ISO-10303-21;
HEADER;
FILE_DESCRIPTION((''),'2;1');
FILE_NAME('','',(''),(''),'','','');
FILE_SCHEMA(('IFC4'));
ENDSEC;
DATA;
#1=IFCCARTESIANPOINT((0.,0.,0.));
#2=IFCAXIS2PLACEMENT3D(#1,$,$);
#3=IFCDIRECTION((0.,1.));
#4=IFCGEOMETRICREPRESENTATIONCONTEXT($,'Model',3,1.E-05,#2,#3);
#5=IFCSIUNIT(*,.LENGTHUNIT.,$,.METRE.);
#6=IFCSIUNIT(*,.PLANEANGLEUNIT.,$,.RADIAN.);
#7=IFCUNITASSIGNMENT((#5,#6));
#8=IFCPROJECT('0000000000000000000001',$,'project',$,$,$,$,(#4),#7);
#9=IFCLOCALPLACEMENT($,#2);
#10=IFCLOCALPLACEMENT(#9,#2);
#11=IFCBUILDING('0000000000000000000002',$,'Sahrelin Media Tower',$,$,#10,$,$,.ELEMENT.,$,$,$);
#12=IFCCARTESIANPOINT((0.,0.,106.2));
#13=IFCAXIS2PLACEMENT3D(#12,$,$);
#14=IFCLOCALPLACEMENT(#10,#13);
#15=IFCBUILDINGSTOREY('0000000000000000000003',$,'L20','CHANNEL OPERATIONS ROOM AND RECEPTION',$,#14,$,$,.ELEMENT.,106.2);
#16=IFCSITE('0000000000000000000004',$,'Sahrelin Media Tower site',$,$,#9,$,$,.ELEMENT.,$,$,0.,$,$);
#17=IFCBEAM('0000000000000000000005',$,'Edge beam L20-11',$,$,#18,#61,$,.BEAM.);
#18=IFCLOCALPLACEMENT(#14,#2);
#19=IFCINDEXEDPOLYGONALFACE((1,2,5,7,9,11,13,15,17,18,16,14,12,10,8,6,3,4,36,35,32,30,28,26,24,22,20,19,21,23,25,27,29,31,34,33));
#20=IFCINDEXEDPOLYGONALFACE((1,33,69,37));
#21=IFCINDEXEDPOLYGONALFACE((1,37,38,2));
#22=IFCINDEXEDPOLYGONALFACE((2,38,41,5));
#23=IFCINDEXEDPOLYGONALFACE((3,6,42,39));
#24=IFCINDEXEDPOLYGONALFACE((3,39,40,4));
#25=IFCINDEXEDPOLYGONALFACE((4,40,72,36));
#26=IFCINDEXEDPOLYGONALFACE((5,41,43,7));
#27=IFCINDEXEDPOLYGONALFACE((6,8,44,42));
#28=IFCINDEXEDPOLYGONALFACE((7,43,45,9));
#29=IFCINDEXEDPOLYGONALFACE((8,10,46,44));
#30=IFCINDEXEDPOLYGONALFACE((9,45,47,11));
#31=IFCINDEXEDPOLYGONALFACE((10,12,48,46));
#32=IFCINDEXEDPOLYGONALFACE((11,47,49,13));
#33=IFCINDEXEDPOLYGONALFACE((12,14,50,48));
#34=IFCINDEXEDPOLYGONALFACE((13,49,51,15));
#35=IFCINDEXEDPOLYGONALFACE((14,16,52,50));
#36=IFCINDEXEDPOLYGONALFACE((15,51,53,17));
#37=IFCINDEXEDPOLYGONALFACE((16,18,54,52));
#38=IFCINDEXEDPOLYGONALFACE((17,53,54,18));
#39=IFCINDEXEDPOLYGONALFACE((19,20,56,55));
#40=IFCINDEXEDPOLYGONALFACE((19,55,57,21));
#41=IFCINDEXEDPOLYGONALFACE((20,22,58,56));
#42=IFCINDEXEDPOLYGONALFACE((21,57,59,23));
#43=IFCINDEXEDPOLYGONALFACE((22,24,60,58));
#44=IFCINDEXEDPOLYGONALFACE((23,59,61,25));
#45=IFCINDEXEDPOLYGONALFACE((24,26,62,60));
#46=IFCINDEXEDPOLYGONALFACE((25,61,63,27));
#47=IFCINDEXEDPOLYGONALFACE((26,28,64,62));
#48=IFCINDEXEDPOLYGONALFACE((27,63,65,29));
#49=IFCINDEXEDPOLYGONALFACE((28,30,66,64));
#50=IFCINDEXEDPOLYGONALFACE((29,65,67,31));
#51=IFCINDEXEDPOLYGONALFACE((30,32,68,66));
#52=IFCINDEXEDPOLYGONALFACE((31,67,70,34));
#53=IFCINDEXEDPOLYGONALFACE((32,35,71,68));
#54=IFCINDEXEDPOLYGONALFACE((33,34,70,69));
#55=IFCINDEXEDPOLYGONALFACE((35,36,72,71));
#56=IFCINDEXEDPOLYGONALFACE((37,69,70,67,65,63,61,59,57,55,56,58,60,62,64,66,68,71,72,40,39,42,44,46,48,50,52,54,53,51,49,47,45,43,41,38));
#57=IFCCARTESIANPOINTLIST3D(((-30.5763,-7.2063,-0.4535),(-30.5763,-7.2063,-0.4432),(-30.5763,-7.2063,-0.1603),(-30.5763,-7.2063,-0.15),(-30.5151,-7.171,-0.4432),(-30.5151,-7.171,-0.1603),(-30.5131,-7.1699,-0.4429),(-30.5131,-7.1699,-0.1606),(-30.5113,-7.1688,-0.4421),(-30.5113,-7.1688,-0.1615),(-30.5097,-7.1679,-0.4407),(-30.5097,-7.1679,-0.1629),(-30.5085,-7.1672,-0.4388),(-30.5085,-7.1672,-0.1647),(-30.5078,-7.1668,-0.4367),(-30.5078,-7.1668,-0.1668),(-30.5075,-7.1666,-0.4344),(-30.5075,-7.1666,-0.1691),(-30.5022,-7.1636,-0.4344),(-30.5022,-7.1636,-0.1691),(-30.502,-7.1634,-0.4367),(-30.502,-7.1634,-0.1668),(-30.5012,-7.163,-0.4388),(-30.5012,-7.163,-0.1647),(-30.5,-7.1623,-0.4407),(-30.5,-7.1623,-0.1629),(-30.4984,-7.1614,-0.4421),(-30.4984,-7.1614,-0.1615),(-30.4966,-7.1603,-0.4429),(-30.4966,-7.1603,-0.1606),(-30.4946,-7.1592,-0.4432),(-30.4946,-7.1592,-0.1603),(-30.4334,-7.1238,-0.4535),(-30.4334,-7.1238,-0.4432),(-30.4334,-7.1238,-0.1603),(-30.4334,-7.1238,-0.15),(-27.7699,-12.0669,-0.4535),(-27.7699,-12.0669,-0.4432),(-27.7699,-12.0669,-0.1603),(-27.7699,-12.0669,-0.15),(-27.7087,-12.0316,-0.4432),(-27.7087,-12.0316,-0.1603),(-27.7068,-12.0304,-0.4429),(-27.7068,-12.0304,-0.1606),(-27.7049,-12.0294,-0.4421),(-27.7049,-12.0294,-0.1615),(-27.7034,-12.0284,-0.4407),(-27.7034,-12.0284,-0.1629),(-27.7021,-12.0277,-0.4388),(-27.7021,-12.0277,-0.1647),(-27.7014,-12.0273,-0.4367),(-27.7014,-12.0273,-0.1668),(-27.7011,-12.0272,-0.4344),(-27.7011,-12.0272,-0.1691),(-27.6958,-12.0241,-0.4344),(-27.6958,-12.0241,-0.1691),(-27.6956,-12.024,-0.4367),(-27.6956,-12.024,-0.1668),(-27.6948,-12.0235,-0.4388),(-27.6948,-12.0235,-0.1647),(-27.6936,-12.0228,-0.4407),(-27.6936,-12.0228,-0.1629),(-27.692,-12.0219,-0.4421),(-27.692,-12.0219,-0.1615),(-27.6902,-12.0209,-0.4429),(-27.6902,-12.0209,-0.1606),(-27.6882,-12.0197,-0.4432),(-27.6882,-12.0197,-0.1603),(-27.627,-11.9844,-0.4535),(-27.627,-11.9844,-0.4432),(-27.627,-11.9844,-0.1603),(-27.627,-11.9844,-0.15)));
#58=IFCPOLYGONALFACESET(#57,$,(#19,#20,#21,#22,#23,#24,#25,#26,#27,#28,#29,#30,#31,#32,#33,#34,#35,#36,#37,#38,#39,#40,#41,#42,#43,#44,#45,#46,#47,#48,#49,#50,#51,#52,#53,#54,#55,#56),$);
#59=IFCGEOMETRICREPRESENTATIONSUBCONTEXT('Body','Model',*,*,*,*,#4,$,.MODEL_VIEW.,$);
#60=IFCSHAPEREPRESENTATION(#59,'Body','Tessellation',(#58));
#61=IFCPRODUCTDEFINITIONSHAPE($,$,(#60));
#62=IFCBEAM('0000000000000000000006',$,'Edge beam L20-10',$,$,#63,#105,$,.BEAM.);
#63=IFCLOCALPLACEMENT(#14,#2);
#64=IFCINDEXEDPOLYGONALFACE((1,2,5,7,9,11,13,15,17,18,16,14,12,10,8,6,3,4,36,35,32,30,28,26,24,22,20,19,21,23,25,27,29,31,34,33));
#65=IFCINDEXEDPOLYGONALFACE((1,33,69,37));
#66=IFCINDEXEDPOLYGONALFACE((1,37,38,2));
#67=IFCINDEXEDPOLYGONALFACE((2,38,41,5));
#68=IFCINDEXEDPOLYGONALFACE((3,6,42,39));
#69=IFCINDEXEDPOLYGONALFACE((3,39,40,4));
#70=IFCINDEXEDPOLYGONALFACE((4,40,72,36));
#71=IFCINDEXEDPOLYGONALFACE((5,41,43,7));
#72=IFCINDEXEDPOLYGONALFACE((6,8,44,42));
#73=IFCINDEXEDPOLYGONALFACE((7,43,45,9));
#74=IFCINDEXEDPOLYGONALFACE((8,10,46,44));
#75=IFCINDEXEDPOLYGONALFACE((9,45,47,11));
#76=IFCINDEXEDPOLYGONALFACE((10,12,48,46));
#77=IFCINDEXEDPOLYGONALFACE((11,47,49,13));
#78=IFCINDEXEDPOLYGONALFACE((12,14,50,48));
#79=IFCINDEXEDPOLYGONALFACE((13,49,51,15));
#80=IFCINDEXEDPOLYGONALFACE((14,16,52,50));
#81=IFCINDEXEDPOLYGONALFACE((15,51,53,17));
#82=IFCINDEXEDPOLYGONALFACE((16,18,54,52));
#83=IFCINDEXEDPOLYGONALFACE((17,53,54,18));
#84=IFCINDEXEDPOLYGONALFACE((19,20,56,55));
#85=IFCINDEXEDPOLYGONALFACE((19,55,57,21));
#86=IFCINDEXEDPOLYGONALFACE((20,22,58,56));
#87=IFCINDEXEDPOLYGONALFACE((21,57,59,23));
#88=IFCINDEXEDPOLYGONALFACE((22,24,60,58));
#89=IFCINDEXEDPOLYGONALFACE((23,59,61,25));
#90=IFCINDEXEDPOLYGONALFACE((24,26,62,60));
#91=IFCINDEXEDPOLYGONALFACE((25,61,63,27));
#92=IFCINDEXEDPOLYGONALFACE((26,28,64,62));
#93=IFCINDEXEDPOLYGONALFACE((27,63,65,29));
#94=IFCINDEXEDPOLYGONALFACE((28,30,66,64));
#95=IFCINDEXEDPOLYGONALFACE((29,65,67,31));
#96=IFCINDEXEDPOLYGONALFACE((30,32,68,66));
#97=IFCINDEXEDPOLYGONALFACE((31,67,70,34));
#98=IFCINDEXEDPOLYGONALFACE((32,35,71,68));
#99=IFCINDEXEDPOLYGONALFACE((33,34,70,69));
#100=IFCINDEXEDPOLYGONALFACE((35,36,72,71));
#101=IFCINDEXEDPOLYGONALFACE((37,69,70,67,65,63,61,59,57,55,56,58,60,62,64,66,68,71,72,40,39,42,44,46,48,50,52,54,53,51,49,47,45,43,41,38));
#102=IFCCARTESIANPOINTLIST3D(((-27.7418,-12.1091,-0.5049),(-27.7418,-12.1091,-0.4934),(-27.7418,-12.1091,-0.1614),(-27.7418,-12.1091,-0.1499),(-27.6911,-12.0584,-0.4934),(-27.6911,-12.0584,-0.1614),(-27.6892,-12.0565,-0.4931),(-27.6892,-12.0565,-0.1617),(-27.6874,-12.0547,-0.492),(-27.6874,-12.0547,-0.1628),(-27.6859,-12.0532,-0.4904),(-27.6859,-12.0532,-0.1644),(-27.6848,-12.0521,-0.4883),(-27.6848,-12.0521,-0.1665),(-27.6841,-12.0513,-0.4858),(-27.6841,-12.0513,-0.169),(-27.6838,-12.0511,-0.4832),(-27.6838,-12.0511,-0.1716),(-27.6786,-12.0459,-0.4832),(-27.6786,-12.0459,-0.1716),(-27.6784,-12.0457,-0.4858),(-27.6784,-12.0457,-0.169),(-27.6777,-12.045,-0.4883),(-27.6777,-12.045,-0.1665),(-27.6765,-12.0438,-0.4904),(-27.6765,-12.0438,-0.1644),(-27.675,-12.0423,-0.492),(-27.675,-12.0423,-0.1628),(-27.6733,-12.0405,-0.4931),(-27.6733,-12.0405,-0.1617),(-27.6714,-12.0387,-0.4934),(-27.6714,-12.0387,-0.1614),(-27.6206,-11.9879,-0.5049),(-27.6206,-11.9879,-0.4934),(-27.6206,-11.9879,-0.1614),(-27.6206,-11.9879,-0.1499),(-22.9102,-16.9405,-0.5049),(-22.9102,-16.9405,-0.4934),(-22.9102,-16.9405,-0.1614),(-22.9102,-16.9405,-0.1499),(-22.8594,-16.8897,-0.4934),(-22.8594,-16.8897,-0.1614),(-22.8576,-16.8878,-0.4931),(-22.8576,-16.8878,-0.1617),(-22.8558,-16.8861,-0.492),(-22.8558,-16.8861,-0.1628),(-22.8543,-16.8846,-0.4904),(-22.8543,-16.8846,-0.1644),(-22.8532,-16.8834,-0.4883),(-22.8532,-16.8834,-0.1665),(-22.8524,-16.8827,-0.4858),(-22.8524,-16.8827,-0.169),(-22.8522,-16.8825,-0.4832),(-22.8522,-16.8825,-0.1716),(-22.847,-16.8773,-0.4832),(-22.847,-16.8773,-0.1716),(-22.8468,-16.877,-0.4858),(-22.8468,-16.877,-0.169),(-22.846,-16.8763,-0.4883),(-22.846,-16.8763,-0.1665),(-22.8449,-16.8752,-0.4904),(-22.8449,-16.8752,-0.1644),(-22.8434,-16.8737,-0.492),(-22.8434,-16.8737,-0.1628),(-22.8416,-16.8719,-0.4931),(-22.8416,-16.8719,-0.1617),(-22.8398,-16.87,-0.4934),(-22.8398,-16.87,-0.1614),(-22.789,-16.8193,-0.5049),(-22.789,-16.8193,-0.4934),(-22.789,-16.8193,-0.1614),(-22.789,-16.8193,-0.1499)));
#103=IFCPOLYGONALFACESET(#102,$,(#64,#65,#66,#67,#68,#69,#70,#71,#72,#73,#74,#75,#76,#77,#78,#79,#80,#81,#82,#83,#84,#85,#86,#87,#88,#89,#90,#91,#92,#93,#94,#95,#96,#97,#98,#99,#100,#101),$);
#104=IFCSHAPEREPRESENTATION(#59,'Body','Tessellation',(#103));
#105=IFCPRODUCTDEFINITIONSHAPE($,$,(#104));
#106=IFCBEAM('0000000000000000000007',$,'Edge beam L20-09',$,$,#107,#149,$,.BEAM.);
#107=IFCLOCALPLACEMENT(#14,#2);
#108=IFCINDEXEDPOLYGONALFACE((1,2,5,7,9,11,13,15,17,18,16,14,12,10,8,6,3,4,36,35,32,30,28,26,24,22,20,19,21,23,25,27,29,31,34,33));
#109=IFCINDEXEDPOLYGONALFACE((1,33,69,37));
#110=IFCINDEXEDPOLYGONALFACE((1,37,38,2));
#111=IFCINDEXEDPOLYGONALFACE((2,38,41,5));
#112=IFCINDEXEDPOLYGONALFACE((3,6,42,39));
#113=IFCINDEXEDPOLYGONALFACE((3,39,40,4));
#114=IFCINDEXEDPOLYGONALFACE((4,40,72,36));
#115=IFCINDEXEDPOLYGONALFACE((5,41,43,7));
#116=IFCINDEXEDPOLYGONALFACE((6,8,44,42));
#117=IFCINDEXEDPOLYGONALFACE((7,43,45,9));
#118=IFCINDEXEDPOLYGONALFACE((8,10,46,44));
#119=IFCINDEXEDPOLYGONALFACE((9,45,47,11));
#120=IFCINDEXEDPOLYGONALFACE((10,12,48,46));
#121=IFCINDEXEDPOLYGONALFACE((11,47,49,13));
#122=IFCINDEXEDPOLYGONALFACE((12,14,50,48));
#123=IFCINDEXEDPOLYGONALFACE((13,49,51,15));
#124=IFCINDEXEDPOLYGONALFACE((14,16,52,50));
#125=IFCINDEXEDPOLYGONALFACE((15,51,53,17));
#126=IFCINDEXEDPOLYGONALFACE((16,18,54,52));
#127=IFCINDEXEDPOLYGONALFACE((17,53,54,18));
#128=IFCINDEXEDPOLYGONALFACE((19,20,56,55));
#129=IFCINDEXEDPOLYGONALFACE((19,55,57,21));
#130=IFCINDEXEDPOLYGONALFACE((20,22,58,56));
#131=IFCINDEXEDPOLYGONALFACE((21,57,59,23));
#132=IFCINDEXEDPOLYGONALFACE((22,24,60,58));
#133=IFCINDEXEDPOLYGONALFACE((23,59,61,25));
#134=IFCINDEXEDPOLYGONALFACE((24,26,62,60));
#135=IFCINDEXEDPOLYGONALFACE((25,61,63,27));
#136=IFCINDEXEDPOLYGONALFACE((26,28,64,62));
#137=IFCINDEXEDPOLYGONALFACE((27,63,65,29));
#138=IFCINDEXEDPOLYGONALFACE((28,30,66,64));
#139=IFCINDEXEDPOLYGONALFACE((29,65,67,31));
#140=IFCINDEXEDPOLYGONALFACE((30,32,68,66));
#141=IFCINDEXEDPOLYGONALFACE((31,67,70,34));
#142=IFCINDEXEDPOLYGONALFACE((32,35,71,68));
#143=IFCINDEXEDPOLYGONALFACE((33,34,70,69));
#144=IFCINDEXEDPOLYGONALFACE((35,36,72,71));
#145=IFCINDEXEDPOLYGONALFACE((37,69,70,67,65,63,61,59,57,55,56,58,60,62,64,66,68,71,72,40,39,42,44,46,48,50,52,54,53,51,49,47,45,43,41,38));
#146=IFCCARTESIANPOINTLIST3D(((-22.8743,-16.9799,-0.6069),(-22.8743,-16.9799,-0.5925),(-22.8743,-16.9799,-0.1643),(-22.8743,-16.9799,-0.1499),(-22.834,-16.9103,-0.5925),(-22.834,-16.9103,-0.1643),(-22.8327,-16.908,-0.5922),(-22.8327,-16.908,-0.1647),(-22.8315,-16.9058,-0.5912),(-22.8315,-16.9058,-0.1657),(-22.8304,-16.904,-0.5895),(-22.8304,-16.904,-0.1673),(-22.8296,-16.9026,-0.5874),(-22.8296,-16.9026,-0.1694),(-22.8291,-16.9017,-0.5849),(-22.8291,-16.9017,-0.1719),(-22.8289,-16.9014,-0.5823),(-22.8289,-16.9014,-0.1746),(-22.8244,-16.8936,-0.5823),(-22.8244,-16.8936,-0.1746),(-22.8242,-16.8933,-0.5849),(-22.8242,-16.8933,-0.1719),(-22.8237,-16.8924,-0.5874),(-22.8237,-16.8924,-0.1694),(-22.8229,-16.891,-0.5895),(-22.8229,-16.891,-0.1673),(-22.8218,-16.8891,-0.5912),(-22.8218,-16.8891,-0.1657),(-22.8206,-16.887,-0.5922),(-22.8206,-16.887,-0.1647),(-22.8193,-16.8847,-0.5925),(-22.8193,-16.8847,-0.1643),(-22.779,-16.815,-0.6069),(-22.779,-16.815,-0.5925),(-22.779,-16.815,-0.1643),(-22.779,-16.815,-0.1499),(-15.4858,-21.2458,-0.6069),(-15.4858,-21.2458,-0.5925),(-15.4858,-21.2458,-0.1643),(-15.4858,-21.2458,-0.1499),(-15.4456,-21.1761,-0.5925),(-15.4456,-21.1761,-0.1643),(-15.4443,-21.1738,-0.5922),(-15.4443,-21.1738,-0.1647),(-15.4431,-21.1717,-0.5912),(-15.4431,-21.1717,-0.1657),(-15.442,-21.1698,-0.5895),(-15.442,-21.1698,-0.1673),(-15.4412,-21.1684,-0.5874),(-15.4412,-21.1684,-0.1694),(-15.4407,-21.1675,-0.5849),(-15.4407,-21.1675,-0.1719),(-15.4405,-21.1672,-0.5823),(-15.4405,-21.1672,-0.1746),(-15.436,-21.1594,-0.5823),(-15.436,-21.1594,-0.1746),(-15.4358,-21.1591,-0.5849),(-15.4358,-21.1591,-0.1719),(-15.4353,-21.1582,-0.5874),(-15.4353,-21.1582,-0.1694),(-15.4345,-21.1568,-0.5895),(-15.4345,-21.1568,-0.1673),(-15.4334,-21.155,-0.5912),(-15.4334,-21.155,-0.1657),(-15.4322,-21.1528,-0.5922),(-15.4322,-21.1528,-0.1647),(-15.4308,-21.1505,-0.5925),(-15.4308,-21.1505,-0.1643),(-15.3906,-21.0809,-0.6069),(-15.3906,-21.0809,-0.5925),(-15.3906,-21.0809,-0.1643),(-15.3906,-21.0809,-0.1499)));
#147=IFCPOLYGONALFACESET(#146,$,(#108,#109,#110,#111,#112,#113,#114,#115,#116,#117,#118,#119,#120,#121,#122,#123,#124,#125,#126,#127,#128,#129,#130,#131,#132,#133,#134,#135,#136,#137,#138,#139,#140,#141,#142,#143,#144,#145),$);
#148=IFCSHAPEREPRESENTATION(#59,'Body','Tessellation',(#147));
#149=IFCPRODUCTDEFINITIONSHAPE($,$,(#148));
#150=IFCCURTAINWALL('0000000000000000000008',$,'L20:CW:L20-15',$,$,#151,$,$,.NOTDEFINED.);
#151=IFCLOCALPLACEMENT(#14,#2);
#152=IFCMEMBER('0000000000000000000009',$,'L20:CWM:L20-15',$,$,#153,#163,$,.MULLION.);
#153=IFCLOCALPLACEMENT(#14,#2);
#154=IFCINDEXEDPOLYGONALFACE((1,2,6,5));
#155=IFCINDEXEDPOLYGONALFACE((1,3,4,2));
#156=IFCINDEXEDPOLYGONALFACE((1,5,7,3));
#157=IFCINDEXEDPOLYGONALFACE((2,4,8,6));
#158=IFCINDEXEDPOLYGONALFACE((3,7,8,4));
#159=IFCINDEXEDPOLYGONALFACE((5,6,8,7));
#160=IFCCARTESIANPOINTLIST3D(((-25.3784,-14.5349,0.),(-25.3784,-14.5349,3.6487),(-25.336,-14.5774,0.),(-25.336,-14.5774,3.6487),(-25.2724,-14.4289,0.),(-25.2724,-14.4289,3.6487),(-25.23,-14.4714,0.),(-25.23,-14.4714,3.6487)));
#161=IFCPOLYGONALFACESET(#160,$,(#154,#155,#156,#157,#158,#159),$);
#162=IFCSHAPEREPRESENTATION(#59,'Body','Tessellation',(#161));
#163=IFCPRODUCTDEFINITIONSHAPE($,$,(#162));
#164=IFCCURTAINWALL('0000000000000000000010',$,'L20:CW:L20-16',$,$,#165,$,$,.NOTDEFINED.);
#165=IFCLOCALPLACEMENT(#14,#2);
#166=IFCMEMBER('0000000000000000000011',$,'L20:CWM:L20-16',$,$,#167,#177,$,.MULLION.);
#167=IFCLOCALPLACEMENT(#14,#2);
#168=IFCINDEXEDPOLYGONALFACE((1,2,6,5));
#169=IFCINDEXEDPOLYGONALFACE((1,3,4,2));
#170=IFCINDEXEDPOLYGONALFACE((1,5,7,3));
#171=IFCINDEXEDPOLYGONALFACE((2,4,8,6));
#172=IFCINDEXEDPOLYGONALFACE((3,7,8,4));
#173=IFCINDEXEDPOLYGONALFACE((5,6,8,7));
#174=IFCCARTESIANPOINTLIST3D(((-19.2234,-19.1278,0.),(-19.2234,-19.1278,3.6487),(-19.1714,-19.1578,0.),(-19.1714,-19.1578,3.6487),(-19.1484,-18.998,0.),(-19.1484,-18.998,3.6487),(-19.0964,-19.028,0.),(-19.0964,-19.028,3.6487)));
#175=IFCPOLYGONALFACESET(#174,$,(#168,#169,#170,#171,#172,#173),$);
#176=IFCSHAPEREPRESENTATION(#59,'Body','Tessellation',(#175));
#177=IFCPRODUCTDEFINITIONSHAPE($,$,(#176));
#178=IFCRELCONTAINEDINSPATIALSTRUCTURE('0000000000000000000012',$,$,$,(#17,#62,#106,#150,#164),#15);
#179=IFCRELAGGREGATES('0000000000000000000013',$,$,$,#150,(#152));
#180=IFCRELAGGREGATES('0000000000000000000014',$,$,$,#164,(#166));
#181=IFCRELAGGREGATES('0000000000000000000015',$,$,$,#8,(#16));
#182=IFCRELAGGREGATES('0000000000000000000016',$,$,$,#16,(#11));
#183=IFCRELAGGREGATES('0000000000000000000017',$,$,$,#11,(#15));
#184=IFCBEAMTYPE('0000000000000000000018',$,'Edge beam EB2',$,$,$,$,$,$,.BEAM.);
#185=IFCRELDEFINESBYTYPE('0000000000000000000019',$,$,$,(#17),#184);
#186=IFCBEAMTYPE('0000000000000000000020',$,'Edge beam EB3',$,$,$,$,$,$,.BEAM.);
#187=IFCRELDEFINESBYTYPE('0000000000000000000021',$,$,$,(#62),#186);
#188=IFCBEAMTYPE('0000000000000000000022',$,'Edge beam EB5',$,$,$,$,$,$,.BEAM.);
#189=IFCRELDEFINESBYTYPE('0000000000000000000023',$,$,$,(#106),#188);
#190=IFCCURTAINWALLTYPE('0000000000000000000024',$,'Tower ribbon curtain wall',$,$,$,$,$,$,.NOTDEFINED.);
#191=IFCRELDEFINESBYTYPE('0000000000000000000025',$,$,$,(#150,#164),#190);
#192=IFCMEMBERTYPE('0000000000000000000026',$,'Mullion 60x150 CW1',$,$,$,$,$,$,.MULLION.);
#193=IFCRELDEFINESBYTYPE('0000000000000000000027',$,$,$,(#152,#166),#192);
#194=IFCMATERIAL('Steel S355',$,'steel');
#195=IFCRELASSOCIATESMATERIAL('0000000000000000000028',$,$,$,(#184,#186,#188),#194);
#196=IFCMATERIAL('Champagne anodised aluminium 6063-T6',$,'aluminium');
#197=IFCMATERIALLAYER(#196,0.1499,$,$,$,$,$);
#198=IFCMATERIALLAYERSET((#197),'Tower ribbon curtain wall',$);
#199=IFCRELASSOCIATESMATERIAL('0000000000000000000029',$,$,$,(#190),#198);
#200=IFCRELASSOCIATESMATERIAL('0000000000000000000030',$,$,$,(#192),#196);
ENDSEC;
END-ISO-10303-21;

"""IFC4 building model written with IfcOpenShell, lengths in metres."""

from ifc_helpers import new_model, si_unit, direction, frame, origin, origin_2d, place, context, subcontext, project, spatial, rectangle, i_section, extrude, material, layer, layer_set, material_profile, profile_set, type_object, element, aggregate, save


model = new_model("IFC4")

# Units and contexts
model_context = context("Model", 3, precision=1e-05, world=origin(), true_north=direction((0.0, 1.0)))
body_context = subcontext(model_context, "Body", "Model", "MODEL_VIEW")
ifc_project = project(units=[si_unit("LENGTHUNIT", "METRE"), si_unit("PLANEANGLEUNIT", "RADIAN")], contexts=[model_context])

# Site, building, storey
site_placement = place(None, origin())
site = spatial("IfcSite", under=ifc_project, at=site_placement, Name="Sahrelin Media Tower site", CompositionType="ELEMENT", RefElevation=0.0)
building_placement = place(site_placement, origin())
building = spatial("IfcBuilding", under=site, at=building_placement, Name="Sahrelin Media Tower", CompositionType="ELEMENT")
storey_placement = place(building_placement, frame((0.0, 0.0, 106.2)))
storey = spatial("IfcBuildingStorey", under=building, at=storey_placement, Name="L20", Description="CHANNEL OPERATIONS ROOM AND RECEPTION", CompositionType="ELEMENT", Elevation=106.2)

# Beams
ifc_material_1 = material(Name="Steel S355", Category="steel")
ifc_material_profile_1 = material_profile(ifc_material_1, i_section(OverallWidth=0.165, OverallDepth=0.3035, WebThickness=0.0061, FlangeThickness=0.0103, FilletRadius=0.0088, at=origin_2d()), Name="UB 305x165x40")
ifc_profile_set_1 = profile_set([ifc_material_profile_1], Name="Steel S355")
beam_type_1 = type_object("IfcBeamType", Name="Edge beam EB2", PredefinedType="BEAM", material=ifc_profile_set_1)
beam_1_placement = place(storey_placement, frame((-27.6985, -12.0256, -0.3018), z_axis=(-0.500017, 0.866015, 0.0), x_axis=(-0.866015, -0.500017, 0.0)))
element("IfcBeam", 1, at=beam_1_placement, inside=storey, type_object=beam_type_1, Name="Edge beam L20-11", PredefinedType="BEAM", context=body_context, shape_type="SweptSolid", body=[
    extrude(i_section(OverallWidth=0.165, OverallDepth=0.3035, WebThickness=0.0061, FlangeThickness=0.0103, FilletRadius=0.0088, at=origin_2d()), origin(), (0.0, 0.0, 1.0), 5.6125),
])
ifc_material_profile_2 = material_profile(ifc_material_1, i_section(OverallWidth=0.1714, OverallDepth=0.355, WebThickness=0.0073, FlangeThickness=0.0115, FilletRadius=0.0103, at=origin_2d()), Name="UB 356x171x51")
ifc_profile_set_2 = profile_set([ifc_material_profile_2], Name="Steel S355")
beam_type_2 = type_object("IfcBeamType", Name="Edge beam EB3", PredefinedType="BEAM", material=ifc_profile_set_2)
beam_2_placement = place(storey_placement, frame((-22.8496, -16.8799, -0.3274), z_axis=(-0.707125, 0.707089, 0.0), x_axis=(-0.707089, -0.707125, 0.0)))
element("IfcBeam", 2, at=beam_2_placement, inside=storey, type_object=beam_type_2, Name="Edge beam L20-10", PredefinedType="BEAM", context=body_context, shape_type="SweptSolid", body=[
    extrude(i_section(OverallWidth=0.1714, OverallDepth=0.355, WebThickness=0.0073, FlangeThickness=0.0115, FilletRadius=0.0103, at=origin_2d()), origin(), (0.0, 0.0, 1.0), 6.8328),
])
ifc_material_profile_3 = material_profile(ifc_material_1, i_section(OverallWidth=0.1904, OverallDepth=0.457, WebThickness=0.009, FlangeThickness=0.0144, FilletRadius=0.0103, at=origin_2d()), Name="UB 457x191x74")
ifc_profile_set_3 = profile_set([ifc_material_profile_3], Name="Steel S355")
beam_type_3 = type_object("IfcBeamType", Name="Edge beam EB5", PredefinedType="BEAM", material=ifc_profile_set_3)
beam_3_placement = place(storey_placement, frame((-15.4382, -21.1633, -0.3784), z_axis=(-0.866017, 0.500014, 0.0), x_axis=(-0.500014, -0.866017, 0.0)))
element("IfcBeam", 3, at=beam_3_placement, inside=storey, type_object=beam_type_3, Name="Edge beam L20-09", PredefinedType="BEAM", context=body_context, shape_type="SweptSolid", body=[
    extrude(i_section(OverallWidth=0.1904, OverallDepth=0.457, WebThickness=0.009, FlangeThickness=0.0144, FilletRadius=0.0103, at=origin_2d()), origin(), (0.0, 0.0, 1.0), 8.5315),
])

# Curtain walls, members
ifc_material_2 = material(Name="Champagne anodised aluminium 6063-T6", Category="aluminium")
ifc_layer_1 = layer(ifc_material_2, 0.1499)
ifc_layer_set_1 = layer_set([ifc_layer_1], Name="Tower ribbon curtain wall")
curtain_wall_type = type_object("IfcCurtainWallType", Name="Tower ribbon curtain wall", PredefinedType="NOTDEFINED", material=ifc_layer_set_1)
curtain_wall_1_placement = place(storey_placement, frame((-25.3713, -14.5703, 0.0), z_axis=(0.0, 0.0, 1.0), x_axis=(1.0, 0.0, 0.0)))
curtain_wall_1 = element("IfcCurtainWall", 4, at=curtain_wall_1_placement, inside=storey, type_object=curtain_wall_type, Name="L20:CW:L20-15", PredefinedType="NOTDEFINED")
ifc_material_profile_4 = material_profile(ifc_material_2, rectangle(XDim=0.0601, YDim=0.1499, at=origin_2d()), Name="Mullion 60x150")
ifc_profile_set_4 = profile_set([ifc_material_profile_4], Name="Champagne anodised aluminium 6063-T6")
member_type_1 = type_object("IfcMemberType", Name="Mullion 60x150 CW1", PredefinedType="MULLION", material=ifc_profile_set_4)
member_1_placement = place(storey_placement, frame((-25.3042, -14.5032, 0.0), z_axis=(0.0, 0.0, 1.0), x_axis=(0.707107, -0.707107, 0.0)))
member_1 = element("IfcMember", 5, at=member_1_placement, type_object=member_type_1, Name="L20:CWM:L20-15", PredefinedType="MULLION", context=body_context, shape_type="SweptSolid", body=[
    extrude(rectangle(XDim=0.0601, YDim=0.1499, at=origin_2d()), origin(), (0.0, 0.0, 1.0), 3.6487),
])
curtain_wall_2_placement = place(storey_placement, frame((-19.2075, -19.1604, 0.0), z_axis=(0.0, 0.0, 1.0), x_axis=(1.0, 0.0, 0.0)))
curtain_wall_2 = element("IfcCurtainWall", 6, at=curtain_wall_2_placement, inside=storey, type_object=curtain_wall_type, Name="L20:CW:L20-16", PredefinedType="NOTDEFINED")
member_2_placement = place(storey_placement, frame((-19.1599, -19.0779, 0.0), z_axis=(0.0, 0.0, 1.0), x_axis=(0.866025, -0.500002, 0.0)))
member_2 = element("IfcMember", 7, at=member_2_placement, type_object=member_type_1, Name="L20:CWM:L20-16", PredefinedType="MULLION", context=body_context, shape_type="SweptSolid", body=[
    extrude(rectangle(XDim=0.0601, YDim=0.1499, at=origin_2d()), origin(), (0.0, 0.0, 1.0), 3.6487),
])

aggregate(curtain_wall_1, [member_1])
aggregate(curtain_wall_2, [member_2])

save(model, "model.ifc")
